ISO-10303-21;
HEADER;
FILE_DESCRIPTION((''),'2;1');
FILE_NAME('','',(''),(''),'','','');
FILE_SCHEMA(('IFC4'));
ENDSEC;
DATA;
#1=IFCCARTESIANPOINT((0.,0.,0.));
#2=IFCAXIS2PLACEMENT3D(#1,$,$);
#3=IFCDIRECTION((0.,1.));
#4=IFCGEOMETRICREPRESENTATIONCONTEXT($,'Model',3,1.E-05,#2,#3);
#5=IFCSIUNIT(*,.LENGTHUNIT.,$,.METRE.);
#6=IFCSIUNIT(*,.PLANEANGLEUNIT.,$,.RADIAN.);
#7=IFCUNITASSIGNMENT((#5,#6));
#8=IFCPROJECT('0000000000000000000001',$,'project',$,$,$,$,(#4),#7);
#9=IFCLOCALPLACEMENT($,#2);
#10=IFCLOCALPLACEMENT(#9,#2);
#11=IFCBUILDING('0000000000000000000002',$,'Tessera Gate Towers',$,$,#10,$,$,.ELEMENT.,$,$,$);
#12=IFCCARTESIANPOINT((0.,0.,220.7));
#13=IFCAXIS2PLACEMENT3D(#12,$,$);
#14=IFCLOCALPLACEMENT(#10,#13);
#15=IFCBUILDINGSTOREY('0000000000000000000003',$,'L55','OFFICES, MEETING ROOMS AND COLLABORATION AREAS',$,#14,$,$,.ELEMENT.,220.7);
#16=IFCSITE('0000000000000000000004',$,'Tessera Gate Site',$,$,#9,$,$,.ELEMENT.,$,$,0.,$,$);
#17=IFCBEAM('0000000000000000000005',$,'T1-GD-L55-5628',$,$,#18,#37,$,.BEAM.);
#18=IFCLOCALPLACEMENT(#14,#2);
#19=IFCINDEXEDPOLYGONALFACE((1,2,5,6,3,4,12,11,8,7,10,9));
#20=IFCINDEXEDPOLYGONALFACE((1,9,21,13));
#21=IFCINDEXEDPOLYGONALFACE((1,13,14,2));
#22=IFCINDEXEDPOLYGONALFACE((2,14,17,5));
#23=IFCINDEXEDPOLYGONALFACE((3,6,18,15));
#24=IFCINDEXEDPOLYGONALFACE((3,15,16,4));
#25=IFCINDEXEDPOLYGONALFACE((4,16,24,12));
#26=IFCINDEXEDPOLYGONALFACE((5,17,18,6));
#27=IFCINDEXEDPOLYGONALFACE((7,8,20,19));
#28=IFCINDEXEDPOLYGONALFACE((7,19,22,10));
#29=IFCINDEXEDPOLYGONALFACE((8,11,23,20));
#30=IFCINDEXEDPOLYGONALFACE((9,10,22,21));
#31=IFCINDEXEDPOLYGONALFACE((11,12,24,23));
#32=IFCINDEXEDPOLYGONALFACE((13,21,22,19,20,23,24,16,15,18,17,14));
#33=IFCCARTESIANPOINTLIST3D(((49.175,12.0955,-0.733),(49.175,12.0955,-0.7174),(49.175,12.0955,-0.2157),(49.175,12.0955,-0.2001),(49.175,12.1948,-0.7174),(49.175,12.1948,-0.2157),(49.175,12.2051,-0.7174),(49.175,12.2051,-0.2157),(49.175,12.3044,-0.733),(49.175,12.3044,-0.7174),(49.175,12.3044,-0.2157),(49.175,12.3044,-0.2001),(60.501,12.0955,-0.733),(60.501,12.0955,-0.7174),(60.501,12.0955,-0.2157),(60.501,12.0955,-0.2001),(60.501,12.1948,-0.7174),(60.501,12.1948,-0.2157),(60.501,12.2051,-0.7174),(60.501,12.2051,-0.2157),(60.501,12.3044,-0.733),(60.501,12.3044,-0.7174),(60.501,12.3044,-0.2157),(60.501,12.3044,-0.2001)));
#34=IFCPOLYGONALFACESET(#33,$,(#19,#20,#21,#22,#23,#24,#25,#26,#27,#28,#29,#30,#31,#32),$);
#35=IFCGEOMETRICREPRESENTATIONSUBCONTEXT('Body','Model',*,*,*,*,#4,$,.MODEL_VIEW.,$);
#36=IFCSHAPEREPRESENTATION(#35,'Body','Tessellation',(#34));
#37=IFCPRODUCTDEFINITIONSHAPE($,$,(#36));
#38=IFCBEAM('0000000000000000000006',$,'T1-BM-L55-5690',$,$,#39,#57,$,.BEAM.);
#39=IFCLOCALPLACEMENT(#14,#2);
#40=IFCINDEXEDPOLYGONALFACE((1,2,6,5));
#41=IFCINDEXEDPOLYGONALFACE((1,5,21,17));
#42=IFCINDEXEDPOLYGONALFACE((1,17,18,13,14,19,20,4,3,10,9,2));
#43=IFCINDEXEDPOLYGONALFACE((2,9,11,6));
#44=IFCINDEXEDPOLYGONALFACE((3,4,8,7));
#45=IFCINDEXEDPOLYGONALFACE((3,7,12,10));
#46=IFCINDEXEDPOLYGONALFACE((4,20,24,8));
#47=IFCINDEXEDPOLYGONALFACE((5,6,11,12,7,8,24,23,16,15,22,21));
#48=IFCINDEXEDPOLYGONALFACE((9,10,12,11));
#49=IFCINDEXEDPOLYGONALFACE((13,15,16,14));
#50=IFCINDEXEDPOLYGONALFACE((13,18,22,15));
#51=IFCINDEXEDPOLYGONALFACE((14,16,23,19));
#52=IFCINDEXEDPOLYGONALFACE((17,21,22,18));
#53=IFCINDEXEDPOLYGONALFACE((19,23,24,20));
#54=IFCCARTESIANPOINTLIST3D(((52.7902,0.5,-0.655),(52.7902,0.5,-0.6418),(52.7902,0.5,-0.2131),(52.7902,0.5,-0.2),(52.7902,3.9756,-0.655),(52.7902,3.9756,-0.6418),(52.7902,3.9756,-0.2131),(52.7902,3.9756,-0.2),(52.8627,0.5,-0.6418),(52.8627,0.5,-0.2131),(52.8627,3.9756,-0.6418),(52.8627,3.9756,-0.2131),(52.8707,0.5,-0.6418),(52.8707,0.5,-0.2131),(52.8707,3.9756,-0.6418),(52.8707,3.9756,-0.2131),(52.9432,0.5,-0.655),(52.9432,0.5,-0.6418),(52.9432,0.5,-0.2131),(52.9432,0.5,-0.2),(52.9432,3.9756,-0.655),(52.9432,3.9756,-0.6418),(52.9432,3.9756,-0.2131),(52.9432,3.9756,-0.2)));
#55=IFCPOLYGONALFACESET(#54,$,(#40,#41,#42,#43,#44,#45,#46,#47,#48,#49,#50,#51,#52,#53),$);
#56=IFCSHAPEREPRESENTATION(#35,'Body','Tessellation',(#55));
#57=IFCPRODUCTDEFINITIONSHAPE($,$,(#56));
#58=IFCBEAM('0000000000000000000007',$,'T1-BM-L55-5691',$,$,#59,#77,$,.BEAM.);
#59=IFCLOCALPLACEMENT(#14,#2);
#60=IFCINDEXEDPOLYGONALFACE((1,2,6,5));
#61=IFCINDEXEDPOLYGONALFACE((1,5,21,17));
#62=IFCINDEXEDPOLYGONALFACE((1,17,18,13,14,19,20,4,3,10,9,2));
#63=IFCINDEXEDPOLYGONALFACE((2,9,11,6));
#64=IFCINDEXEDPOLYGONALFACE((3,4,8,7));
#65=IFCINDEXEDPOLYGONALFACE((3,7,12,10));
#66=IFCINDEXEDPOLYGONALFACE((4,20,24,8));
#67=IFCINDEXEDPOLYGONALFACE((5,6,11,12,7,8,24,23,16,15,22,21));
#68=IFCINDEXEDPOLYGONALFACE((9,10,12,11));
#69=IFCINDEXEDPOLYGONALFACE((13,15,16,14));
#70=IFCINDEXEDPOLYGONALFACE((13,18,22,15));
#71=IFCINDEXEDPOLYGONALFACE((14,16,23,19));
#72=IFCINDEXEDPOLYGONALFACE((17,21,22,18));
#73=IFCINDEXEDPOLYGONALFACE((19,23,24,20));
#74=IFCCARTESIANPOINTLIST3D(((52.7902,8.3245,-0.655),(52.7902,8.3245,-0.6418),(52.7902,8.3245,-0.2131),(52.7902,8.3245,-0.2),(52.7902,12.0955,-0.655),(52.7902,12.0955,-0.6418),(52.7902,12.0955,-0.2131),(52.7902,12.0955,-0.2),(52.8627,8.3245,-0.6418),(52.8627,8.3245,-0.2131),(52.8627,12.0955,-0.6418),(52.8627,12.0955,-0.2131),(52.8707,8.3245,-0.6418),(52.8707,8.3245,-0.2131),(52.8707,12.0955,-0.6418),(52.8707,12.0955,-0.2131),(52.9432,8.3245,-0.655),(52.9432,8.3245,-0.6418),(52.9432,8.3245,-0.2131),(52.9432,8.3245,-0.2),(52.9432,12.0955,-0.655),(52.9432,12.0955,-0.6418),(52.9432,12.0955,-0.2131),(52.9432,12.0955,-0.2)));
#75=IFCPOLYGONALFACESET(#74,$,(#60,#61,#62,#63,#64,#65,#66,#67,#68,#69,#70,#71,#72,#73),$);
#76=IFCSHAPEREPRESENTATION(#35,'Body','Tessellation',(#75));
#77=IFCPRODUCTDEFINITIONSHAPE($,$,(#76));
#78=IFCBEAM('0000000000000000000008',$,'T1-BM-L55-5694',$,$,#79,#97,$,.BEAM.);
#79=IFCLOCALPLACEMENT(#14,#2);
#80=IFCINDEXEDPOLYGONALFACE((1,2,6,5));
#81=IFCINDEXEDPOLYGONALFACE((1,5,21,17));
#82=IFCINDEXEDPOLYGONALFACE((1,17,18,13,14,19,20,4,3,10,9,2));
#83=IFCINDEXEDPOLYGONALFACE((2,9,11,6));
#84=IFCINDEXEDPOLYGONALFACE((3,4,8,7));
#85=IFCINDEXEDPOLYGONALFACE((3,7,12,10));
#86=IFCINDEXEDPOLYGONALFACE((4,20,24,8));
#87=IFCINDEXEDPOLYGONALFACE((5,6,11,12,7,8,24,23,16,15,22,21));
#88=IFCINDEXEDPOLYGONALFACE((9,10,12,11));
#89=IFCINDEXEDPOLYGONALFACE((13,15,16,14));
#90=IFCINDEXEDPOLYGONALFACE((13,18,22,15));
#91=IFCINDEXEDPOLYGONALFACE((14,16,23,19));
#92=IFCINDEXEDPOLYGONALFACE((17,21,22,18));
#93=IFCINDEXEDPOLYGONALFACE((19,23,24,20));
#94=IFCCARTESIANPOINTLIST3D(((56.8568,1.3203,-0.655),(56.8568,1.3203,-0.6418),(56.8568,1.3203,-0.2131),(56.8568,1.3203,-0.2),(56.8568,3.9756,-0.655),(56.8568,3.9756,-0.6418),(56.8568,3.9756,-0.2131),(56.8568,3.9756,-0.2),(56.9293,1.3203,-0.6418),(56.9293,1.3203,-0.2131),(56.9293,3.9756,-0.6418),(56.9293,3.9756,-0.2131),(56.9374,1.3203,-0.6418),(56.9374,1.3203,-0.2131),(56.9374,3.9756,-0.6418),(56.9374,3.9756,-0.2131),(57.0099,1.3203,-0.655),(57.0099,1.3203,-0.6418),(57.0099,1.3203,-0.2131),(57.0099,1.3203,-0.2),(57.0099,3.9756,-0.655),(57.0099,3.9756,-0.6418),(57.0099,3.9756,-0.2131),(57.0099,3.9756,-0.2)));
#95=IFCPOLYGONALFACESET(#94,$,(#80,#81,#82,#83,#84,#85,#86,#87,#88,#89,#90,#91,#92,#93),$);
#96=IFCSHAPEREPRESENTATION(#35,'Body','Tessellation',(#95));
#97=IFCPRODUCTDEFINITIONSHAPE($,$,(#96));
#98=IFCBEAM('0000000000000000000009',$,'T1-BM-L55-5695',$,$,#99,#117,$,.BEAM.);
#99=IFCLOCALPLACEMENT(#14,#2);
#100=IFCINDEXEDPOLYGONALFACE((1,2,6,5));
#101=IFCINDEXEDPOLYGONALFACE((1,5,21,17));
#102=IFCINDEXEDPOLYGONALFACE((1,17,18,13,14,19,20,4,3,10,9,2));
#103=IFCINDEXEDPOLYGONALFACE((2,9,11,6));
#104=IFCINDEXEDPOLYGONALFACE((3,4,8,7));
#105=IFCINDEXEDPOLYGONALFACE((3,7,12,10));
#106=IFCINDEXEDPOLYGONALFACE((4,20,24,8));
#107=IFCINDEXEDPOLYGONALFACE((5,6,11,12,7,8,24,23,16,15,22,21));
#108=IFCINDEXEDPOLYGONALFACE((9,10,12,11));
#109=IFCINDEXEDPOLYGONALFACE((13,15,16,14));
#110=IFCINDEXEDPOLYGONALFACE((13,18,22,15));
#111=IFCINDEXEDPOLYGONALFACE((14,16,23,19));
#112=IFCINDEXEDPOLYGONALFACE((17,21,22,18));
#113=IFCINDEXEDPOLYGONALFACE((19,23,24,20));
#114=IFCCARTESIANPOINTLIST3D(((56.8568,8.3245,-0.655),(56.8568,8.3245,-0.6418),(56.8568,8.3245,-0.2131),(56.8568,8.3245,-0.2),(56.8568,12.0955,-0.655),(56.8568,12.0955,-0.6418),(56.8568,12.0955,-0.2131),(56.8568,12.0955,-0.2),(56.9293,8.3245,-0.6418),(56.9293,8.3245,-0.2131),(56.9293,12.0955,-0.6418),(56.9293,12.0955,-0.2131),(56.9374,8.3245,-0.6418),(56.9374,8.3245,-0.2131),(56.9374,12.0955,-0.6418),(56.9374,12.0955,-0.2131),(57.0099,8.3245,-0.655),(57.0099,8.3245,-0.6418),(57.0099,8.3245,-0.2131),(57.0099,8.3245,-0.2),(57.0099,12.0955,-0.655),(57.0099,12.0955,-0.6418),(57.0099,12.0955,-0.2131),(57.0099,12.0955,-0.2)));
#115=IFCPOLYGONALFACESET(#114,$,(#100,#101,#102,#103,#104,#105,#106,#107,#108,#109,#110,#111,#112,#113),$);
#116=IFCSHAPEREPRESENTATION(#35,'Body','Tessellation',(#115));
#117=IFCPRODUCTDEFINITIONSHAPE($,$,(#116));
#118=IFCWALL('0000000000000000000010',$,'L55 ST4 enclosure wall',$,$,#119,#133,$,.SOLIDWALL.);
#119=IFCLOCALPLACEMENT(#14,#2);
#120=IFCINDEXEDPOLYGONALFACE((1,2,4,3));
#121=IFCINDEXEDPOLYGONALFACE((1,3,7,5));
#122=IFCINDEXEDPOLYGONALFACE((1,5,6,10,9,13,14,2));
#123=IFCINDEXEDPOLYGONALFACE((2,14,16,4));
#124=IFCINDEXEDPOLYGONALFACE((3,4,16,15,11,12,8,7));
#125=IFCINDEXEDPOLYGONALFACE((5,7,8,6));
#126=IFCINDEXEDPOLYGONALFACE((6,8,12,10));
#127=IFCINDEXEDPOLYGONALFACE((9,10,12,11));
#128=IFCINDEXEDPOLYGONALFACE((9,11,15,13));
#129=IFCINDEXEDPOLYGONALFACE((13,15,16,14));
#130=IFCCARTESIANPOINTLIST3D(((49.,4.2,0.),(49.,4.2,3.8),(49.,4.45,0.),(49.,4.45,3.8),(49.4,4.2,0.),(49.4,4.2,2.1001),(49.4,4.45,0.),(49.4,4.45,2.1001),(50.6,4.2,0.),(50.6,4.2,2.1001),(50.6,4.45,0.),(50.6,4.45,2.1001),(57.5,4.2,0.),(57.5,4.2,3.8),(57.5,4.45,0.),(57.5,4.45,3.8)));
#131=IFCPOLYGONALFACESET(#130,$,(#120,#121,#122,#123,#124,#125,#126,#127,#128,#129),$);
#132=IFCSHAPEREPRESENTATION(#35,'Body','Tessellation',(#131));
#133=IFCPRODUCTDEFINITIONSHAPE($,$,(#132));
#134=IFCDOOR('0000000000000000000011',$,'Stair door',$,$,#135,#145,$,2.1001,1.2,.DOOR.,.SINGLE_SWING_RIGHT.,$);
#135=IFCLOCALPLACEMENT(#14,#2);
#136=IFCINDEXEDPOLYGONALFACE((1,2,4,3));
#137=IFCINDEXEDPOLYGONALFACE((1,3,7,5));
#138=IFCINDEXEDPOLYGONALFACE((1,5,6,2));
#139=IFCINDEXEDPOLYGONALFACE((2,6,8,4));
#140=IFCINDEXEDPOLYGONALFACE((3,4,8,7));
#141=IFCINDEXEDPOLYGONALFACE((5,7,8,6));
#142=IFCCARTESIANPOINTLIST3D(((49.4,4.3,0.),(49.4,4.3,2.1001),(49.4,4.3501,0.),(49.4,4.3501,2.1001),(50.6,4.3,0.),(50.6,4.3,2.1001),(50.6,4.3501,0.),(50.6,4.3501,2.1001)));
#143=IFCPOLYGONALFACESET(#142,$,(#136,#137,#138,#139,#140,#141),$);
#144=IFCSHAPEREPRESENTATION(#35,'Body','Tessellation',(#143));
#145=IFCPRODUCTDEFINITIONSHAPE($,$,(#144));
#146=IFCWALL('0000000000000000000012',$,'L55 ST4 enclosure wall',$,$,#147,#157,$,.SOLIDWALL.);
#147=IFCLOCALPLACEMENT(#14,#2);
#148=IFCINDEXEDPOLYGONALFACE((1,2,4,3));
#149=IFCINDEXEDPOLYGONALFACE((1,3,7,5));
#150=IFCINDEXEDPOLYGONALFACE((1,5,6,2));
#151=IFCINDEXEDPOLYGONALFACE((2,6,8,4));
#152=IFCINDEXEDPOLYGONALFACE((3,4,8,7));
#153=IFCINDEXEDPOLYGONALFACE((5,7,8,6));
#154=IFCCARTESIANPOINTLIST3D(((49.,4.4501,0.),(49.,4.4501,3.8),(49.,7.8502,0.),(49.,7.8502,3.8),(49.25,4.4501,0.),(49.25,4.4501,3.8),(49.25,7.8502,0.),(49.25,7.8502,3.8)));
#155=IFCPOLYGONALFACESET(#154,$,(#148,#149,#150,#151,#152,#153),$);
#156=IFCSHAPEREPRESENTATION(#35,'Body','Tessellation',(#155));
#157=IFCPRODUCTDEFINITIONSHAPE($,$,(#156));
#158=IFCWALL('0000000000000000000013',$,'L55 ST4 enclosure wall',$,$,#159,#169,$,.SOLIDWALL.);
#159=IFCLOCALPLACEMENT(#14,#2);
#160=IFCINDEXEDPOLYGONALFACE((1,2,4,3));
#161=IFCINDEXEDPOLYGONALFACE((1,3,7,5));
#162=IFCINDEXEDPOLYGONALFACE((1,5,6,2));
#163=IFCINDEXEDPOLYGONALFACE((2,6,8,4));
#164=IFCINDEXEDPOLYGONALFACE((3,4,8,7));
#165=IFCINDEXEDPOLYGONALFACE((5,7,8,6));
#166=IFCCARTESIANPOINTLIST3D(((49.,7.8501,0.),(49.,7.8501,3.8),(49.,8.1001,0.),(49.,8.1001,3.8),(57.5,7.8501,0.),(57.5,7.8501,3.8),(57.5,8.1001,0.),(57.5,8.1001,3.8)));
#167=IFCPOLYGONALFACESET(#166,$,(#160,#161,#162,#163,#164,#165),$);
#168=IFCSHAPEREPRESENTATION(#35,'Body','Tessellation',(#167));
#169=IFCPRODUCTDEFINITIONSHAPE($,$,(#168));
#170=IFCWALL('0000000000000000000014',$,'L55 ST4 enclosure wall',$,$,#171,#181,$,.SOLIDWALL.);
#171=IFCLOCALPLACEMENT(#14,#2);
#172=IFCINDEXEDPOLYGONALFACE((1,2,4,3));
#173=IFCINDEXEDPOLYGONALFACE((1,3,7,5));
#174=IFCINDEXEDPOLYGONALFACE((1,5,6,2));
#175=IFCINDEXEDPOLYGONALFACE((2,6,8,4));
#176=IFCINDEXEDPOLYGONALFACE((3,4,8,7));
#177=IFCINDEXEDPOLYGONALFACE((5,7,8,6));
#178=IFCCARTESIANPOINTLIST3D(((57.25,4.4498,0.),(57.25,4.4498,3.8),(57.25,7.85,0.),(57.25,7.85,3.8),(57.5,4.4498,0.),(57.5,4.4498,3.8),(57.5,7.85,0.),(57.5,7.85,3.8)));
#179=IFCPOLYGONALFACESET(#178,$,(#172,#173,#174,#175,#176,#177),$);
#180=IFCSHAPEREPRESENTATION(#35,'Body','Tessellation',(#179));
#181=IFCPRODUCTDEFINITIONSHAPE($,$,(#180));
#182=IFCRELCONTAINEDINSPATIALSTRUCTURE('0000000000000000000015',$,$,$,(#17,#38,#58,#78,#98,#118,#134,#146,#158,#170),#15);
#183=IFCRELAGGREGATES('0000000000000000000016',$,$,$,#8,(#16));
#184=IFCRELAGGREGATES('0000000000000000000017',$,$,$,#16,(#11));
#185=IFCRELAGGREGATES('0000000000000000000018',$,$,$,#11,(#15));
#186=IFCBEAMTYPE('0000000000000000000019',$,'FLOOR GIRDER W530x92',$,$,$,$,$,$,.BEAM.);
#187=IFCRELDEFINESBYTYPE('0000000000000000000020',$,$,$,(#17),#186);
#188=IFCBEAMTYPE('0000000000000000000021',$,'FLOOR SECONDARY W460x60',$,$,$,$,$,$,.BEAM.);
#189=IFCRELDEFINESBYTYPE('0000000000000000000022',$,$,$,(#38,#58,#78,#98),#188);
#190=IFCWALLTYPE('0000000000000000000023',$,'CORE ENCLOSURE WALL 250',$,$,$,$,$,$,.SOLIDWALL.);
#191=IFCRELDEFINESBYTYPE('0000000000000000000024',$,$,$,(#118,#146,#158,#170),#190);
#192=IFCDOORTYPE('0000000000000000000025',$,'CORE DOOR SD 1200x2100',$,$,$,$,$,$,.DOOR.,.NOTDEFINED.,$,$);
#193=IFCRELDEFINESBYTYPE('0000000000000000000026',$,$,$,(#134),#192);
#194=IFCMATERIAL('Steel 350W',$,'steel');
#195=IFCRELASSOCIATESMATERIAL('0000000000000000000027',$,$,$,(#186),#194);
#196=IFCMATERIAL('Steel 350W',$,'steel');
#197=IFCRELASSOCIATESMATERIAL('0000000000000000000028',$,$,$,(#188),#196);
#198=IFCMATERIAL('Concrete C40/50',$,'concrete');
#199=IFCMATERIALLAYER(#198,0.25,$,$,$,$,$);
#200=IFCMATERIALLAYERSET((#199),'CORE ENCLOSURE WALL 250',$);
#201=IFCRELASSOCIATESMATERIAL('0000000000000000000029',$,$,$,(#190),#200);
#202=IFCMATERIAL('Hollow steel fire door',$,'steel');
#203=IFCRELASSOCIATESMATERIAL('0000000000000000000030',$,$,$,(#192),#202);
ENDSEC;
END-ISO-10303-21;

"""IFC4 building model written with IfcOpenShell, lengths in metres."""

from ifc_helpers import new_model, si_unit, direction, frame, frame_2d, origin, origin_2d, place, context, subcontext, project, spatial, rectangle, i_section, extrude, source, transform, mapped, material, layer, layer_set, material_profile, profile_set, type_object, element, fill, save


model = new_model("IFC4")

# Units and contexts
model_context = context("Model", 3, precision=1e-05, world=origin(), true_north=direction((0.0, 1.0)))
body_context = subcontext(model_context, "Body", "Model", "MODEL_VIEW")
ifc_project = project(units=[si_unit("LENGTHUNIT", "METRE"), si_unit("PLANEANGLEUNIT", "RADIAN")], contexts=[model_context])

# Site, building, storey
site_placement = place(None, origin())
site = spatial("IfcSite", under=ifc_project, at=site_placement, Name="Tessera Gate Site", CompositionType="ELEMENT", RefElevation=0.0)
building_placement = place(site_placement, origin())
building = spatial("IfcBuilding", under=site, at=building_placement, Name="Tessera Gate Towers", CompositionType="ELEMENT")
storey_placement = place(building_placement, frame((0.0, 0.0, 220.7)))
storey = spatial("IfcBuildingStorey", under=building, at=storey_placement, Name="L55", Description="OFFICES, MEETING ROOMS AND COLLABORATION AREAS", CompositionType="ELEMENT", Elevation=220.7)

# Beams
ifc_material_1 = material(Name="Steel 350W", Category="steel")
ifc_material_profile_1 = material_profile(ifc_material_1, i_section(OverallWidth=0.209, OverallDepth=0.533, WebThickness=0.0103, FlangeThickness=0.0156, at=origin_2d()), Name="W530x92")
ifc_profile_set_1 = profile_set([ifc_material_profile_1], Name="Steel 350W")
beam_type_1 = type_object("IfcBeamType", Name="FLOOR GIRDER W530x92", PredefinedType="BEAM", material=ifc_profile_set_1)
beam_1_placement = place(storey_placement, frame((49.175, 12.2, -0.4666), z_axis=(1.0, 0.0, 0.0), x_axis=(0.0, 1.0, 0.0)))
element("IfcBeam", 1, at=beam_1_placement, inside=storey, type_object=beam_type_1, Name="T1-GD-L55-5628", PredefinedType="BEAM", context=body_context, shape_type="SweptSolid", body=[
    extrude(i_section(OverallWidth=0.209, OverallDepth=0.533, WebThickness=0.0103, FlangeThickness=0.0156, at=origin_2d()), origin(), (0.0, 0.0, 1.0), 11.3259),
])
ifc_material_2 = material(Name="Steel 350W", Category="steel")
ifc_material_profile_2 = material_profile(ifc_material_2, i_section(OverallWidth=0.1531, OverallDepth=0.4551, WebThickness=0.0081, FlangeThickness=0.0132, at=origin_2d()), Name="W460x60")
ifc_profile_set_2 = profile_set([ifc_material_profile_2], Name="Steel 350W")
beam_type_2 = type_object("IfcBeamType", Name="FLOOR SECONDARY W460x60", PredefinedType="BEAM", material=ifc_profile_set_2)
beam_2_placement = place(storey_placement, frame((52.8667, 0.5, -0.4275), z_axis=(0.0, 1.0, 0.0), x_axis=(-1.0, 0.0, 0.0)))
element("IfcBeam", 2, at=beam_2_placement, inside=storey, type_object=beam_type_2, Name="T1-BM-L55-5690", PredefinedType="BEAM", context=body_context, shape_type="SweptSolid", body=[
    extrude(i_section(OverallWidth=0.1531, OverallDepth=0.4551, WebThickness=0.0081, FlangeThickness=0.0132, at=origin_2d()), origin(), (0.0, 0.0, 1.0), 3.4756),
])
beam_3_placement = place(storey_placement, frame((52.8667, 8.3245, -0.4275), z_axis=(0.0, 1.0, 0.0), x_axis=(-1.0, 0.0, 0.0)))
element("IfcBeam", 3, at=beam_3_placement, inside=storey, type_object=beam_type_2, Name="T1-BM-L55-5691", PredefinedType="BEAM", context=body_context, shape_type="SweptSolid", body=[
    extrude(i_section(OverallWidth=0.1531, OverallDepth=0.4551, WebThickness=0.0081, FlangeThickness=0.0132, at=origin_2d()), origin(), (0.0, 0.0, 1.0), 3.771),
])
beam_4_placement = place(storey_placement, frame((56.9333, 1.3203, -0.4275), z_axis=(0.0, 1.0, 0.0), x_axis=(-1.0, 0.0, 0.0)))
element("IfcBeam", 4, at=beam_4_placement, inside=storey, type_object=beam_type_2, Name="T1-BM-L55-5694", PredefinedType="BEAM", context=body_context, shape_type="SweptSolid", body=[
    extrude(i_section(OverallWidth=0.1531, OverallDepth=0.4551, WebThickness=0.0081, FlangeThickness=0.0132, at=origin_2d()), origin(), (0.0, 0.0, 1.0), 2.6553),
])
beam_5_placement = place(storey_placement, frame((56.9333, 8.3245, -0.4275), z_axis=(0.0, 1.0, 0.0), x_axis=(-1.0, 0.0, 0.0)))
element("IfcBeam", 5, at=beam_5_placement, inside=storey, type_object=beam_type_2, Name="T1-BM-L55-5695", PredefinedType="BEAM", context=body_context, shape_type="SweptSolid", body=[
    extrude(i_section(OverallWidth=0.1531, OverallDepth=0.4551, WebThickness=0.0081, FlangeThickness=0.0132, at=origin_2d()), origin(), (0.0, 0.0, 1.0), 3.771),
])

# Wall, opening, door
ifc_material_3 = material(Name="Concrete C40/50", Category="concrete")
ifc_layer_1 = layer(ifc_material_3, 0.25)
ifc_layer_set_1 = layer_set([ifc_layer_1], Name="CORE ENCLOSURE WALL 250")
wall_type_1 = type_object("IfcWallType", Name="CORE ENCLOSURE WALL 250", PredefinedType="SOLIDWALL", material=ifc_layer_set_1)
wall_1_placement = place(storey_placement, frame((57.5, 4.325, 0.0), z_axis=(0.0, 0.0, 1.0), x_axis=(-1.0, 0.0, 0.0)))
wall_1 = element("IfcWall", 6, at=wall_1_placement, inside=storey, type_object=wall_type_1, Name="L55 ST4 enclosure wall", PredefinedType="SOLIDWALL", context=body_context, shape_type="SweptSolid", body=[
    extrude(rectangle(XDim=8.5, YDim=0.25, at=frame_2d((4.25, 0.0))), origin(), (0.0, 0.0, 1.0), 3.8),
])
shared_shape_1 = source(origin(), body_context, "Body", "SweptSolid", [
    extrude(rectangle(XDim=1.2, YDim=2.1001, at=frame_2d((0.6001, 1.05))), frame((0.0, 0.135, 0.0), z_axis=(0.0, -1.0, 0.0), x_axis=(1.0, 0.0, 0.0)), (0.0, 0.0, 1.0), 0.27),
])
opening_1_placement = place(wall_1_placement, frame((6.8999, 0.0, 0.0)))
opening_1 = element("IfcOpeningElement", 7, at=opening_1_placement, cuts=wall_1, PredefinedType="OPENING", context=body_context, shape_type="MappedRepresentation", body=[
    mapped(shared_shape_1, transform((0.0, 0.0, 0.0), scale=1.0)),
])
ifc_material_4 = material(Name="Hollow steel fire door", Category="steel")
door_type = type_object("IfcDoorType", Name="CORE DOOR SD 1200x2100", OperationType="NOTDEFINED", PredefinedType="DOOR", material=ifc_material_4)
shared_shape_2 = source(origin(), body_context, "Body", "SweptSolid", [
    extrude(rectangle(XDim=1.2, YDim=2.1001, at=frame_2d((0.6001, 1.05))), frame((0.0, 0.0249, 0.0), z_axis=(0.0, -1.0, 0.0), x_axis=(1.0, 0.0, 0.0)), (0.0, 0.0, 1.0), 0.05),
])
door_placement = place(opening_1_placement, origin())
door = element("IfcDoor", 8, at=door_placement, inside=storey, type_object=door_type, Name="Stair door", OperationType="SINGLE_SWING_RIGHT", OverallHeight=2.1001, OverallWidth=1.2, PredefinedType="DOOR", context=body_context, shape_type="MappedRepresentation", body=[
    mapped(shared_shape_2, transform((0.0, 0.0, 0.0), scale=1.0)),
])
fill(opening_1, door)

# Walls
wall_2_placement = place(storey_placement, frame((49.125, 4.45, 0.0), z_axis=(0.0, 0.0, 1.0), x_axis=(0.0, 1.0, 0.0)))
element("IfcWall", 9, at=wall_2_placement, inside=storey, type_object=wall_type_1, Name="L55 ST4 enclosure wall", PredefinedType="SOLIDWALL", context=body_context, shape_type="SweptSolid", body=[
    extrude(rectangle(XDim=3.4001, YDim=0.25, at=frame_2d((1.7002, 0.0))), origin(), (0.0, 0.0, 1.0), 3.8),
])
wall_3_placement = place(storey_placement, frame((49.0, 7.9751, 0.0), z_axis=(0.0, 0.0, 1.0), x_axis=(1.0, 0.0, 0.0)))
element("IfcWall", 10, at=wall_3_placement, inside=storey, type_object=wall_type_1, Name="L55 ST4 enclosure wall", PredefinedType="SOLIDWALL", context=body_context, shape_type="SweptSolid", body=[
    extrude(rectangle(XDim=8.5, YDim=0.25, at=frame_2d((4.25, 0.0))), origin(), (0.0, 0.0, 1.0), 3.8),
])
wall_4_placement = place(storey_placement, frame((57.375, 7.8501, 0.0), z_axis=(0.0, 0.0, 1.0), x_axis=(0.0, -1.0, 0.0)))
element("IfcWall", 11, at=wall_4_placement, inside=storey, type_object=wall_type_1, Name="L55 ST4 enclosure wall", PredefinedType="SOLIDWALL", context=body_context, shape_type="SweptSolid", body=[
    extrude(rectangle(XDim=3.4001, YDim=0.25, at=frame_2d((1.7002, 0.0))), origin(), (0.0, 0.0, 1.0), 3.8),
])

save(model, "model.ifc")
